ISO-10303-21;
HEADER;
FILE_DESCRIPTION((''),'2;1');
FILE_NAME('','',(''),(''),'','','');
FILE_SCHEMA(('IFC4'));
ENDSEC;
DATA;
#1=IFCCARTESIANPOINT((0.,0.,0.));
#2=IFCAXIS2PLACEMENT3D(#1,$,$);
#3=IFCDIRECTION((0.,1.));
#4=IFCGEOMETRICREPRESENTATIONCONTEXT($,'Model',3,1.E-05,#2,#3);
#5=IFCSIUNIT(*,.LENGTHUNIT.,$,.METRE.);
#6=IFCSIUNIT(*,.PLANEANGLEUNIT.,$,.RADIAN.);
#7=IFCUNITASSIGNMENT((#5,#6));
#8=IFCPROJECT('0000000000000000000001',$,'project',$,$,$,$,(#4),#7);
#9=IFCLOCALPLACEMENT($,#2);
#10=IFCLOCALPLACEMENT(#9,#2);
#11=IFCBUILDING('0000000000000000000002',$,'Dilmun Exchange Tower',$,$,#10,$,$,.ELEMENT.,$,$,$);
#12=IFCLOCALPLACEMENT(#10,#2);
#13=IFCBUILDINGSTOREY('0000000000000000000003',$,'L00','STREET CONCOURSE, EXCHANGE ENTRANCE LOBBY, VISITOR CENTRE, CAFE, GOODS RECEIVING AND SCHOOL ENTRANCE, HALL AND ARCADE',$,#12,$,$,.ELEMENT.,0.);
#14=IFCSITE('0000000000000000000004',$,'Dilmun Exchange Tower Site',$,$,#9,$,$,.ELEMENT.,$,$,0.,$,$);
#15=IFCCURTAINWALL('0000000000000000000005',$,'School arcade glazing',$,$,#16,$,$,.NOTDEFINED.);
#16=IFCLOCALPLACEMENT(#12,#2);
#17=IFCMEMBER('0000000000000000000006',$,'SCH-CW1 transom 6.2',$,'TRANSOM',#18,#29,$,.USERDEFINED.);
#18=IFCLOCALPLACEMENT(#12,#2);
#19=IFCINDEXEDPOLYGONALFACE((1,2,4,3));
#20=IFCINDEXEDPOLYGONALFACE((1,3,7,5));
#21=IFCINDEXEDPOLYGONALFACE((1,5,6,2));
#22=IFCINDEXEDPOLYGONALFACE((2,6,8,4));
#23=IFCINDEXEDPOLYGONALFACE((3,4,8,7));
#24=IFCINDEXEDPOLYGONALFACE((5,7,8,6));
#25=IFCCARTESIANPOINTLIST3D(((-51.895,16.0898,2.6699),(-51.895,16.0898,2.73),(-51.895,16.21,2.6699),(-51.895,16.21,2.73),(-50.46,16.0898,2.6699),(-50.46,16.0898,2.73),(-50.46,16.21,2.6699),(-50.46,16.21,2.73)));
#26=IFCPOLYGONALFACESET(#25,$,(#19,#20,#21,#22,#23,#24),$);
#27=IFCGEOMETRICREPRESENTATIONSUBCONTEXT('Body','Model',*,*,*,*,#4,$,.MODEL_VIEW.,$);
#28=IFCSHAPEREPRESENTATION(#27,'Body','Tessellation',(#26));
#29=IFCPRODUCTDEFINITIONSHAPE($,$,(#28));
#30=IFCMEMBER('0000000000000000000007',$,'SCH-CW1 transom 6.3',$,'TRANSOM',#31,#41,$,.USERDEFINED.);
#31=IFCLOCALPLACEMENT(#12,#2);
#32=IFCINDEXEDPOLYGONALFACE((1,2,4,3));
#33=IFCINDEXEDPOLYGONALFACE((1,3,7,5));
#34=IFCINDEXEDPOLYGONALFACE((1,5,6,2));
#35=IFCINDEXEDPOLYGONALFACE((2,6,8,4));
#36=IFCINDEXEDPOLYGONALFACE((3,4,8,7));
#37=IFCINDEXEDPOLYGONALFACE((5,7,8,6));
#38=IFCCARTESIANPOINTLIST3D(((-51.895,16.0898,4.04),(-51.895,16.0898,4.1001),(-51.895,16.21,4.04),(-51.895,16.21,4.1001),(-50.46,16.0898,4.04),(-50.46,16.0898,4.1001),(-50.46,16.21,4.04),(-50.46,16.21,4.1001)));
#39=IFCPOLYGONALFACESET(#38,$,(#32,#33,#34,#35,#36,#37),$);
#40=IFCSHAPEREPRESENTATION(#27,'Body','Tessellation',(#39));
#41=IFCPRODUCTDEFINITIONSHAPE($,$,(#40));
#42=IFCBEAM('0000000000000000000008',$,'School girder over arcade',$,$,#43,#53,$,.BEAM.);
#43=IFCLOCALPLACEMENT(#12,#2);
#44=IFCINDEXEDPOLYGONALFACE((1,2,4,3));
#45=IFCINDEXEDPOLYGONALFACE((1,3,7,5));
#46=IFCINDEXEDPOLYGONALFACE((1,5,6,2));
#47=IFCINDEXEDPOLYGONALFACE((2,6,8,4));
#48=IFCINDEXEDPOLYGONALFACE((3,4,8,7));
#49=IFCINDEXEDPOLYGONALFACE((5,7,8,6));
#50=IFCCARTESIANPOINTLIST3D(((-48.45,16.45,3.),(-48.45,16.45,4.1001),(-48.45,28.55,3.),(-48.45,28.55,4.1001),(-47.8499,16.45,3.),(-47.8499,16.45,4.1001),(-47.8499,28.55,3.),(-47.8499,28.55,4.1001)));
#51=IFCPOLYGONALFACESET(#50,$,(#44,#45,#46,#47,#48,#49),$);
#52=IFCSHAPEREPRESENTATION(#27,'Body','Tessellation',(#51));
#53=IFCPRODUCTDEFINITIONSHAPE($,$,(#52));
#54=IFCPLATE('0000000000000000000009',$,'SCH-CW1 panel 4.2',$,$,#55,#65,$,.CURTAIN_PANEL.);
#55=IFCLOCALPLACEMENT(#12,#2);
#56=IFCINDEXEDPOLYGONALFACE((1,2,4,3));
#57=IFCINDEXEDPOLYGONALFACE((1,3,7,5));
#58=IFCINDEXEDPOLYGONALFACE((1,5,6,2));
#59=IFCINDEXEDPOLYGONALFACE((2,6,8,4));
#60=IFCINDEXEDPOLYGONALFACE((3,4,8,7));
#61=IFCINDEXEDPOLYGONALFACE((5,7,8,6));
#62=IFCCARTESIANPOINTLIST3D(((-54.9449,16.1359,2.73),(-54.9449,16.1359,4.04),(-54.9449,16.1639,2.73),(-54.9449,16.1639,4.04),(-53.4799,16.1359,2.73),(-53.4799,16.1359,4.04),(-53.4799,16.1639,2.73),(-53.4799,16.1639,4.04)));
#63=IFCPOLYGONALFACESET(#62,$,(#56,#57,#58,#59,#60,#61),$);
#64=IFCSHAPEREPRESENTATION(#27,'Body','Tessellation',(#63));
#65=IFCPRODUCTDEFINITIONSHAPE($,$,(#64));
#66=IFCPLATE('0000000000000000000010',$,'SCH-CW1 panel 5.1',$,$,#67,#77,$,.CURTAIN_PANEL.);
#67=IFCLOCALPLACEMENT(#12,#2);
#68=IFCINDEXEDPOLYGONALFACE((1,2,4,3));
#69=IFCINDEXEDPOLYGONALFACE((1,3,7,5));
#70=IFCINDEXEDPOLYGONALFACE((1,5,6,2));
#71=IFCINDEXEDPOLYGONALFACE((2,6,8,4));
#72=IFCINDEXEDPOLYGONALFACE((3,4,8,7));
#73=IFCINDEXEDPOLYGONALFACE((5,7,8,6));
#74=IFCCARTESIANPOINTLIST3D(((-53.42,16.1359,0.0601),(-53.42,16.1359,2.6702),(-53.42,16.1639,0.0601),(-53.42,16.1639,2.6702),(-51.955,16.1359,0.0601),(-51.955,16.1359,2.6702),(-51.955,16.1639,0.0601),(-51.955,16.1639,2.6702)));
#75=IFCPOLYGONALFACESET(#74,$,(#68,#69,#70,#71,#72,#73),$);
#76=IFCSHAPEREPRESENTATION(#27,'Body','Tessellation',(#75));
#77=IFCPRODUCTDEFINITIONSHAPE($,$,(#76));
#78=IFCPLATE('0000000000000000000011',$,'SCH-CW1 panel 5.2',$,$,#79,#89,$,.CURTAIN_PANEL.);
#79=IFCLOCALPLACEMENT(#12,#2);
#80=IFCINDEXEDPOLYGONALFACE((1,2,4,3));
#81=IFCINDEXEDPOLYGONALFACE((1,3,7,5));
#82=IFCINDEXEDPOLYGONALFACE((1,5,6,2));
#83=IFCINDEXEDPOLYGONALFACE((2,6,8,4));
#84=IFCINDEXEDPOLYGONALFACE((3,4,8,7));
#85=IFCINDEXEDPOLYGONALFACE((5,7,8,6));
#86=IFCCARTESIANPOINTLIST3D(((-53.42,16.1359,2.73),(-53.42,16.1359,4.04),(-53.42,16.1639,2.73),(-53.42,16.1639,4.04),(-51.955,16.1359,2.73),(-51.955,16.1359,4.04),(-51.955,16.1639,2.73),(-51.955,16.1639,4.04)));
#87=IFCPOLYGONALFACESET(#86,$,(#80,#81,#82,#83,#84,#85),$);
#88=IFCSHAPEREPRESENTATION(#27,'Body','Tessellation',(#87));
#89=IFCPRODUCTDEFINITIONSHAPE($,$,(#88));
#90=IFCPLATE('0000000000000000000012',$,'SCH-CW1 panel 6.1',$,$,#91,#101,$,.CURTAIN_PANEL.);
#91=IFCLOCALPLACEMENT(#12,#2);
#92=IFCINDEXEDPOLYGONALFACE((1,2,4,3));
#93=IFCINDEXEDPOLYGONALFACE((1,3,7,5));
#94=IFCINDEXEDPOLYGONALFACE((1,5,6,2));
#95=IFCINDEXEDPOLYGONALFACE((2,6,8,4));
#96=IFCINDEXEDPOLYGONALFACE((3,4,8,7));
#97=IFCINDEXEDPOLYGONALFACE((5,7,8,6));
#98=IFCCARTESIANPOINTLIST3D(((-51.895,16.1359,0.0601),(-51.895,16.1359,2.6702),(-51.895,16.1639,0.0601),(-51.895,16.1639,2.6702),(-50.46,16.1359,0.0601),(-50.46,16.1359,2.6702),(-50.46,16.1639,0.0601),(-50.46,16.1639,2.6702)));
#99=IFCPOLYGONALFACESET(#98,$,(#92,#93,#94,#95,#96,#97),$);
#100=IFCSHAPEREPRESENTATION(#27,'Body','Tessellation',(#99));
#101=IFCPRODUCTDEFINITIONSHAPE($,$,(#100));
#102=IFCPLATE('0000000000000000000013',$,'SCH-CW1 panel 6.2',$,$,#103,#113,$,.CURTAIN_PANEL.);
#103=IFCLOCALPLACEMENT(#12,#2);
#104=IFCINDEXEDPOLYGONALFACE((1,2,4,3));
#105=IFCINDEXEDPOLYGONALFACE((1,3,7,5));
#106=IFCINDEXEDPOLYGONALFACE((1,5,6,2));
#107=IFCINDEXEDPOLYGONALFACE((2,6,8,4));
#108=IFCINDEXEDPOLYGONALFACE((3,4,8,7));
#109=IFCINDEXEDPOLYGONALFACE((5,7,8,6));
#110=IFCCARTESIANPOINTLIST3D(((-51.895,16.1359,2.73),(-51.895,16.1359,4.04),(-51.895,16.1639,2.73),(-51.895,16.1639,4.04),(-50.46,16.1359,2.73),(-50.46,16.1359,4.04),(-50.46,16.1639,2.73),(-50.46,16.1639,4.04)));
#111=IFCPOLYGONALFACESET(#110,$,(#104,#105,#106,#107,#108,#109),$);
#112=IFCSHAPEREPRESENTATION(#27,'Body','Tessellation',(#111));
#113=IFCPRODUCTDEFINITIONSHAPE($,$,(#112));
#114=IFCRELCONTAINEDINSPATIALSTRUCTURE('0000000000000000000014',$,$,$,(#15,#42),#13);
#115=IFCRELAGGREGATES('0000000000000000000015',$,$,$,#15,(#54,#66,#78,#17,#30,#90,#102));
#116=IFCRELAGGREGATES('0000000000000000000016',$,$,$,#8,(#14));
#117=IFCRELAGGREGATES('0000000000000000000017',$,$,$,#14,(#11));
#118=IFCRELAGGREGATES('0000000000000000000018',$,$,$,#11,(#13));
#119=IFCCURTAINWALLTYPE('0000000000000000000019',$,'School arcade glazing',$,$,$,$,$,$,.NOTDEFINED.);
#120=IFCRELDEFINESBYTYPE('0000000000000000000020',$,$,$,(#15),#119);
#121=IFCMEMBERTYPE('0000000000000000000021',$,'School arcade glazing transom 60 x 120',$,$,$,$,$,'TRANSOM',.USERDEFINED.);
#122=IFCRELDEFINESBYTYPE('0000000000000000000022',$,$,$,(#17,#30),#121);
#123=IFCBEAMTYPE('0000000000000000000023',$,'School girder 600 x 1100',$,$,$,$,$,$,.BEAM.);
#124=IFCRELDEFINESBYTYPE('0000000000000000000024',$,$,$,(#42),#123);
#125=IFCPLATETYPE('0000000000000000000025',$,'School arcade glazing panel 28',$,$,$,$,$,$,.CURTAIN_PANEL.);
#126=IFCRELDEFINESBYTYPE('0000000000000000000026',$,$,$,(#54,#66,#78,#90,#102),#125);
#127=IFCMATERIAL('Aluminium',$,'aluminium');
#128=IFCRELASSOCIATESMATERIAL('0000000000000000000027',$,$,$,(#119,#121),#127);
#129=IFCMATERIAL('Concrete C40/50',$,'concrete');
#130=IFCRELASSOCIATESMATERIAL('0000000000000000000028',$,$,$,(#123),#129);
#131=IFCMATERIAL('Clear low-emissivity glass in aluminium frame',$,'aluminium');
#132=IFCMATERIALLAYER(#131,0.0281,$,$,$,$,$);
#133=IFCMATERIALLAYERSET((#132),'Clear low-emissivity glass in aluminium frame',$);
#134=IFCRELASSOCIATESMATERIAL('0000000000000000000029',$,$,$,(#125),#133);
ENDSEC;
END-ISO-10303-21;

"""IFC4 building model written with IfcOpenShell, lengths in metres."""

from ifc_helpers import new_model, si_unit, direction, frame, origin, origin_2d, place, context, subcontext, project, spatial, rectangle, extrude, material, layer, layer_set, material_profile, profile_set, type_object, element, aggregate, save


model = new_model("IFC4")

# Units and contexts
model_context = context("Model", 3, precision=1e-05, world=origin(), true_north=direction((0.0, 1.0)))
body_context = subcontext(model_context, "Body", "Model", "MODEL_VIEW")
ifc_project = project(units=[si_unit("LENGTHUNIT", "METRE"), si_unit("PLANEANGLEUNIT", "RADIAN")], contexts=[model_context])

# Site, building, storey
site_placement = place(None, origin())
site = spatial("IfcSite", under=ifc_project, at=site_placement, Name="Dilmun Exchange Tower Site", CompositionType="ELEMENT", RefElevation=0.0)
building_placement = place(site_placement, origin())
building = spatial("IfcBuilding", under=site, at=building_placement, Name="Dilmun Exchange Tower", CompositionType="ELEMENT")
storey_placement = place(building_placement, origin())
storey = spatial("IfcBuildingStorey", under=building, at=storey_placement, Name="L00", Description="STREET CONCOURSE, EXCHANGE ENTRANCE LOBBY, VISITOR CENTRE, CAFE, GOODS RECEIVING AND SCHOOL ENTRANCE, HALL AND ARCADE", CompositionType="ELEMENT", Elevation=0.0)

# Shared definitions
ifc_material_1 = material(Name="Concrete C40/50", Category="concrete")

# Curtain wall, members
ifc_material_2 = material(Name="Aluminium", Category="aluminium")
curtain_wall_type = type_object("IfcCurtainWallType", Name="School arcade glazing", PredefinedType="NOTDEFINED", material=ifc_material_2)
curtain_wall_placement = place(storey_placement, origin())
curtain_wall = element("IfcCurtainWall", 1, at=curtain_wall_placement, inside=storey, type_object=curtain_wall_type, Name="School arcade glazing", PredefinedType="NOTDEFINED")
ifc_material_profile_1 = material_profile(ifc_material_2, rectangle(XDim=0.1201, YDim=0.0601, at=origin_2d()), Name="60 x 120")
ifc_profile_set_1 = profile_set([ifc_material_profile_1], Name="Aluminium")
member_type_1 = type_object("IfcMemberType", Name="School arcade glazing transom 60 x 120", ElementType="TRANSOM", PredefinedType="USERDEFINED", material=ifc_profile_set_1)
member_1_placement = place(storey_placement, frame((-51.895, 16.1499, 2.7), z_axis=(1.0, 0.0, 0.0), x_axis=(0.0, 1.0, 0.0)))
member_1 = element("IfcMember", 2, at=member_1_placement, type_object=member_type_1, Name="SCH-CW1 transom 6.2", ObjectType="TRANSOM", PredefinedType="USERDEFINED", context=body_context, shape_type="SweptSolid", body=[
    extrude(rectangle(XDim=0.1201, YDim=0.0601, at=origin_2d()), origin(), (0.0, 0.0, 1.0), 1.4351),
])
member_2_placement = place(storey_placement, frame((-51.895, 16.1499, 4.0701), z_axis=(1.0, 0.0, 0.0), x_axis=(0.0, 1.0, 0.0)))
member_2 = element("IfcMember", 3, at=member_2_placement, type_object=member_type_1, Name="SCH-CW1 transom 6.3", ObjectType="TRANSOM", PredefinedType="USERDEFINED", context=body_context, shape_type="SweptSolid", body=[
    extrude(rectangle(XDim=0.1201, YDim=0.0601, at=origin_2d()), origin(), (0.0, 0.0, 1.0), 1.4351),
])

# Beam
ifc_material_profile_2 = material_profile(ifc_material_1, rectangle(XDim=0.6001, YDim=1.1001, at=origin_2d()), Name="600 x 1100")
ifc_profile_set_2 = profile_set([ifc_material_profile_2], Name="Concrete C40/50")
beam_type = type_object("IfcBeamType", Name="School girder 600 x 1100", PredefinedType="BEAM", material=ifc_profile_set_2)
beam_placement = place(storey_placement, frame((-48.1499, 16.45, 3.55), z_axis=(0.0, 1.0, 0.0), x_axis=(-1.0, 0.0, 0.0)))
element("IfcBeam", 4, at=beam_placement, inside=storey, type_object=beam_type, Name="School girder over arcade", PredefinedType="BEAM", context=body_context, shape_type="SweptSolid", body=[
    extrude(rectangle(XDim=0.6001, YDim=1.1001, at=origin_2d()), origin(), (0.0, 0.0, 1.0), 12.1001),
])

# Plates
ifc_material_3 = material(Name="Clear low-emissivity glass in aluminium frame", Category="aluminium")
ifc_layer_1 = layer(ifc_material_3, 0.0281)
ifc_layer_set_1 = layer_set([ifc_layer_1], Name="Clear low-emissivity glass in aluminium frame")
plate_type = type_object("IfcPlateType", Name="School arcade glazing panel 28", PredefinedType="CURTAIN_PANEL", material=ifc_layer_set_1)
plate_1_placement = place(storey_placement, frame((-54.2124, 16.1499, 2.73), z_axis=(0.0, 0.0, 1.0), x_axis=(1.0, 0.0, 0.0)))
plate_1 = element("IfcPlate", 5, at=plate_1_placement, type_object=plate_type, Name="SCH-CW1 panel 4.2", PredefinedType="CURTAIN_PANEL", context=body_context, shape_type="SweptSolid", body=[
    extrude(rectangle(XDim=1.4651, YDim=0.0281, at=origin_2d()), origin(), (0.0, 0.0, 1.0), 1.3101),
])
plate_2_placement = place(storey_placement, frame((-52.6875, 16.1499, 0.0601), z_axis=(0.0, 0.0, 1.0), x_axis=(1.0, 0.0, 0.0)))
plate_2 = element("IfcPlate", 6, at=plate_2_placement, type_object=plate_type, Name="SCH-CW1 panel 5.1", PredefinedType="CURTAIN_PANEL", context=body_context, shape_type="SweptSolid", body=[
    extrude(rectangle(XDim=1.4651, YDim=0.0281, at=origin_2d()), origin(), (0.0, 0.0, 1.0), 2.6101),
])
plate_3_placement = place(storey_placement, frame((-52.6875, 16.1499, 2.73), z_axis=(0.0, 0.0, 1.0), x_axis=(1.0, 0.0, 0.0)))
plate_3 = element("IfcPlate", 7, at=plate_3_placement, type_object=plate_type, Name="SCH-CW1 panel 5.2", PredefinedType="CURTAIN_PANEL", context=body_context, shape_type="SweptSolid", body=[
    extrude(rectangle(XDim=1.4651, YDim=0.0281, at=origin_2d()), origin(), (0.0, 0.0, 1.0), 1.3101),
])
plate_4_placement = place(storey_placement, frame((-51.1775, 16.1499, 0.0601), z_axis=(0.0, 0.0, 1.0), x_axis=(1.0, 0.0, 0.0)))
plate_4 = element("IfcPlate", 8, at=plate_4_placement, type_object=plate_type, Name="SCH-CW1 panel 6.1", PredefinedType="CURTAIN_PANEL", context=body_context, shape_type="SweptSolid", body=[
    extrude(rectangle(XDim=1.4351, YDim=0.0281, at=origin_2d()), origin(), (0.0, 0.0, 1.0), 2.6101),
])
plate_5_placement = place(storey_placement, frame((-51.1775, 16.1499, 2.73), z_axis=(0.0, 0.0, 1.0), x_axis=(1.0, 0.0, 0.0)))
plate_5 = element("IfcPlate", 9, at=plate_5_placement, type_object=plate_type, Name="SCH-CW1 panel 6.2", PredefinedType="CURTAIN_PANEL", context=body_context, shape_type="SweptSolid", body=[
    extrude(rectangle(XDim=1.4351, YDim=0.0281, at=origin_2d()), origin(), (0.0, 0.0, 1.0), 1.3101),
])
aggregate(curtain_wall, [plate_1, plate_2, plate_3, member_1, member_2, plate_4, plate_5])

save(model, "model.ifc")
